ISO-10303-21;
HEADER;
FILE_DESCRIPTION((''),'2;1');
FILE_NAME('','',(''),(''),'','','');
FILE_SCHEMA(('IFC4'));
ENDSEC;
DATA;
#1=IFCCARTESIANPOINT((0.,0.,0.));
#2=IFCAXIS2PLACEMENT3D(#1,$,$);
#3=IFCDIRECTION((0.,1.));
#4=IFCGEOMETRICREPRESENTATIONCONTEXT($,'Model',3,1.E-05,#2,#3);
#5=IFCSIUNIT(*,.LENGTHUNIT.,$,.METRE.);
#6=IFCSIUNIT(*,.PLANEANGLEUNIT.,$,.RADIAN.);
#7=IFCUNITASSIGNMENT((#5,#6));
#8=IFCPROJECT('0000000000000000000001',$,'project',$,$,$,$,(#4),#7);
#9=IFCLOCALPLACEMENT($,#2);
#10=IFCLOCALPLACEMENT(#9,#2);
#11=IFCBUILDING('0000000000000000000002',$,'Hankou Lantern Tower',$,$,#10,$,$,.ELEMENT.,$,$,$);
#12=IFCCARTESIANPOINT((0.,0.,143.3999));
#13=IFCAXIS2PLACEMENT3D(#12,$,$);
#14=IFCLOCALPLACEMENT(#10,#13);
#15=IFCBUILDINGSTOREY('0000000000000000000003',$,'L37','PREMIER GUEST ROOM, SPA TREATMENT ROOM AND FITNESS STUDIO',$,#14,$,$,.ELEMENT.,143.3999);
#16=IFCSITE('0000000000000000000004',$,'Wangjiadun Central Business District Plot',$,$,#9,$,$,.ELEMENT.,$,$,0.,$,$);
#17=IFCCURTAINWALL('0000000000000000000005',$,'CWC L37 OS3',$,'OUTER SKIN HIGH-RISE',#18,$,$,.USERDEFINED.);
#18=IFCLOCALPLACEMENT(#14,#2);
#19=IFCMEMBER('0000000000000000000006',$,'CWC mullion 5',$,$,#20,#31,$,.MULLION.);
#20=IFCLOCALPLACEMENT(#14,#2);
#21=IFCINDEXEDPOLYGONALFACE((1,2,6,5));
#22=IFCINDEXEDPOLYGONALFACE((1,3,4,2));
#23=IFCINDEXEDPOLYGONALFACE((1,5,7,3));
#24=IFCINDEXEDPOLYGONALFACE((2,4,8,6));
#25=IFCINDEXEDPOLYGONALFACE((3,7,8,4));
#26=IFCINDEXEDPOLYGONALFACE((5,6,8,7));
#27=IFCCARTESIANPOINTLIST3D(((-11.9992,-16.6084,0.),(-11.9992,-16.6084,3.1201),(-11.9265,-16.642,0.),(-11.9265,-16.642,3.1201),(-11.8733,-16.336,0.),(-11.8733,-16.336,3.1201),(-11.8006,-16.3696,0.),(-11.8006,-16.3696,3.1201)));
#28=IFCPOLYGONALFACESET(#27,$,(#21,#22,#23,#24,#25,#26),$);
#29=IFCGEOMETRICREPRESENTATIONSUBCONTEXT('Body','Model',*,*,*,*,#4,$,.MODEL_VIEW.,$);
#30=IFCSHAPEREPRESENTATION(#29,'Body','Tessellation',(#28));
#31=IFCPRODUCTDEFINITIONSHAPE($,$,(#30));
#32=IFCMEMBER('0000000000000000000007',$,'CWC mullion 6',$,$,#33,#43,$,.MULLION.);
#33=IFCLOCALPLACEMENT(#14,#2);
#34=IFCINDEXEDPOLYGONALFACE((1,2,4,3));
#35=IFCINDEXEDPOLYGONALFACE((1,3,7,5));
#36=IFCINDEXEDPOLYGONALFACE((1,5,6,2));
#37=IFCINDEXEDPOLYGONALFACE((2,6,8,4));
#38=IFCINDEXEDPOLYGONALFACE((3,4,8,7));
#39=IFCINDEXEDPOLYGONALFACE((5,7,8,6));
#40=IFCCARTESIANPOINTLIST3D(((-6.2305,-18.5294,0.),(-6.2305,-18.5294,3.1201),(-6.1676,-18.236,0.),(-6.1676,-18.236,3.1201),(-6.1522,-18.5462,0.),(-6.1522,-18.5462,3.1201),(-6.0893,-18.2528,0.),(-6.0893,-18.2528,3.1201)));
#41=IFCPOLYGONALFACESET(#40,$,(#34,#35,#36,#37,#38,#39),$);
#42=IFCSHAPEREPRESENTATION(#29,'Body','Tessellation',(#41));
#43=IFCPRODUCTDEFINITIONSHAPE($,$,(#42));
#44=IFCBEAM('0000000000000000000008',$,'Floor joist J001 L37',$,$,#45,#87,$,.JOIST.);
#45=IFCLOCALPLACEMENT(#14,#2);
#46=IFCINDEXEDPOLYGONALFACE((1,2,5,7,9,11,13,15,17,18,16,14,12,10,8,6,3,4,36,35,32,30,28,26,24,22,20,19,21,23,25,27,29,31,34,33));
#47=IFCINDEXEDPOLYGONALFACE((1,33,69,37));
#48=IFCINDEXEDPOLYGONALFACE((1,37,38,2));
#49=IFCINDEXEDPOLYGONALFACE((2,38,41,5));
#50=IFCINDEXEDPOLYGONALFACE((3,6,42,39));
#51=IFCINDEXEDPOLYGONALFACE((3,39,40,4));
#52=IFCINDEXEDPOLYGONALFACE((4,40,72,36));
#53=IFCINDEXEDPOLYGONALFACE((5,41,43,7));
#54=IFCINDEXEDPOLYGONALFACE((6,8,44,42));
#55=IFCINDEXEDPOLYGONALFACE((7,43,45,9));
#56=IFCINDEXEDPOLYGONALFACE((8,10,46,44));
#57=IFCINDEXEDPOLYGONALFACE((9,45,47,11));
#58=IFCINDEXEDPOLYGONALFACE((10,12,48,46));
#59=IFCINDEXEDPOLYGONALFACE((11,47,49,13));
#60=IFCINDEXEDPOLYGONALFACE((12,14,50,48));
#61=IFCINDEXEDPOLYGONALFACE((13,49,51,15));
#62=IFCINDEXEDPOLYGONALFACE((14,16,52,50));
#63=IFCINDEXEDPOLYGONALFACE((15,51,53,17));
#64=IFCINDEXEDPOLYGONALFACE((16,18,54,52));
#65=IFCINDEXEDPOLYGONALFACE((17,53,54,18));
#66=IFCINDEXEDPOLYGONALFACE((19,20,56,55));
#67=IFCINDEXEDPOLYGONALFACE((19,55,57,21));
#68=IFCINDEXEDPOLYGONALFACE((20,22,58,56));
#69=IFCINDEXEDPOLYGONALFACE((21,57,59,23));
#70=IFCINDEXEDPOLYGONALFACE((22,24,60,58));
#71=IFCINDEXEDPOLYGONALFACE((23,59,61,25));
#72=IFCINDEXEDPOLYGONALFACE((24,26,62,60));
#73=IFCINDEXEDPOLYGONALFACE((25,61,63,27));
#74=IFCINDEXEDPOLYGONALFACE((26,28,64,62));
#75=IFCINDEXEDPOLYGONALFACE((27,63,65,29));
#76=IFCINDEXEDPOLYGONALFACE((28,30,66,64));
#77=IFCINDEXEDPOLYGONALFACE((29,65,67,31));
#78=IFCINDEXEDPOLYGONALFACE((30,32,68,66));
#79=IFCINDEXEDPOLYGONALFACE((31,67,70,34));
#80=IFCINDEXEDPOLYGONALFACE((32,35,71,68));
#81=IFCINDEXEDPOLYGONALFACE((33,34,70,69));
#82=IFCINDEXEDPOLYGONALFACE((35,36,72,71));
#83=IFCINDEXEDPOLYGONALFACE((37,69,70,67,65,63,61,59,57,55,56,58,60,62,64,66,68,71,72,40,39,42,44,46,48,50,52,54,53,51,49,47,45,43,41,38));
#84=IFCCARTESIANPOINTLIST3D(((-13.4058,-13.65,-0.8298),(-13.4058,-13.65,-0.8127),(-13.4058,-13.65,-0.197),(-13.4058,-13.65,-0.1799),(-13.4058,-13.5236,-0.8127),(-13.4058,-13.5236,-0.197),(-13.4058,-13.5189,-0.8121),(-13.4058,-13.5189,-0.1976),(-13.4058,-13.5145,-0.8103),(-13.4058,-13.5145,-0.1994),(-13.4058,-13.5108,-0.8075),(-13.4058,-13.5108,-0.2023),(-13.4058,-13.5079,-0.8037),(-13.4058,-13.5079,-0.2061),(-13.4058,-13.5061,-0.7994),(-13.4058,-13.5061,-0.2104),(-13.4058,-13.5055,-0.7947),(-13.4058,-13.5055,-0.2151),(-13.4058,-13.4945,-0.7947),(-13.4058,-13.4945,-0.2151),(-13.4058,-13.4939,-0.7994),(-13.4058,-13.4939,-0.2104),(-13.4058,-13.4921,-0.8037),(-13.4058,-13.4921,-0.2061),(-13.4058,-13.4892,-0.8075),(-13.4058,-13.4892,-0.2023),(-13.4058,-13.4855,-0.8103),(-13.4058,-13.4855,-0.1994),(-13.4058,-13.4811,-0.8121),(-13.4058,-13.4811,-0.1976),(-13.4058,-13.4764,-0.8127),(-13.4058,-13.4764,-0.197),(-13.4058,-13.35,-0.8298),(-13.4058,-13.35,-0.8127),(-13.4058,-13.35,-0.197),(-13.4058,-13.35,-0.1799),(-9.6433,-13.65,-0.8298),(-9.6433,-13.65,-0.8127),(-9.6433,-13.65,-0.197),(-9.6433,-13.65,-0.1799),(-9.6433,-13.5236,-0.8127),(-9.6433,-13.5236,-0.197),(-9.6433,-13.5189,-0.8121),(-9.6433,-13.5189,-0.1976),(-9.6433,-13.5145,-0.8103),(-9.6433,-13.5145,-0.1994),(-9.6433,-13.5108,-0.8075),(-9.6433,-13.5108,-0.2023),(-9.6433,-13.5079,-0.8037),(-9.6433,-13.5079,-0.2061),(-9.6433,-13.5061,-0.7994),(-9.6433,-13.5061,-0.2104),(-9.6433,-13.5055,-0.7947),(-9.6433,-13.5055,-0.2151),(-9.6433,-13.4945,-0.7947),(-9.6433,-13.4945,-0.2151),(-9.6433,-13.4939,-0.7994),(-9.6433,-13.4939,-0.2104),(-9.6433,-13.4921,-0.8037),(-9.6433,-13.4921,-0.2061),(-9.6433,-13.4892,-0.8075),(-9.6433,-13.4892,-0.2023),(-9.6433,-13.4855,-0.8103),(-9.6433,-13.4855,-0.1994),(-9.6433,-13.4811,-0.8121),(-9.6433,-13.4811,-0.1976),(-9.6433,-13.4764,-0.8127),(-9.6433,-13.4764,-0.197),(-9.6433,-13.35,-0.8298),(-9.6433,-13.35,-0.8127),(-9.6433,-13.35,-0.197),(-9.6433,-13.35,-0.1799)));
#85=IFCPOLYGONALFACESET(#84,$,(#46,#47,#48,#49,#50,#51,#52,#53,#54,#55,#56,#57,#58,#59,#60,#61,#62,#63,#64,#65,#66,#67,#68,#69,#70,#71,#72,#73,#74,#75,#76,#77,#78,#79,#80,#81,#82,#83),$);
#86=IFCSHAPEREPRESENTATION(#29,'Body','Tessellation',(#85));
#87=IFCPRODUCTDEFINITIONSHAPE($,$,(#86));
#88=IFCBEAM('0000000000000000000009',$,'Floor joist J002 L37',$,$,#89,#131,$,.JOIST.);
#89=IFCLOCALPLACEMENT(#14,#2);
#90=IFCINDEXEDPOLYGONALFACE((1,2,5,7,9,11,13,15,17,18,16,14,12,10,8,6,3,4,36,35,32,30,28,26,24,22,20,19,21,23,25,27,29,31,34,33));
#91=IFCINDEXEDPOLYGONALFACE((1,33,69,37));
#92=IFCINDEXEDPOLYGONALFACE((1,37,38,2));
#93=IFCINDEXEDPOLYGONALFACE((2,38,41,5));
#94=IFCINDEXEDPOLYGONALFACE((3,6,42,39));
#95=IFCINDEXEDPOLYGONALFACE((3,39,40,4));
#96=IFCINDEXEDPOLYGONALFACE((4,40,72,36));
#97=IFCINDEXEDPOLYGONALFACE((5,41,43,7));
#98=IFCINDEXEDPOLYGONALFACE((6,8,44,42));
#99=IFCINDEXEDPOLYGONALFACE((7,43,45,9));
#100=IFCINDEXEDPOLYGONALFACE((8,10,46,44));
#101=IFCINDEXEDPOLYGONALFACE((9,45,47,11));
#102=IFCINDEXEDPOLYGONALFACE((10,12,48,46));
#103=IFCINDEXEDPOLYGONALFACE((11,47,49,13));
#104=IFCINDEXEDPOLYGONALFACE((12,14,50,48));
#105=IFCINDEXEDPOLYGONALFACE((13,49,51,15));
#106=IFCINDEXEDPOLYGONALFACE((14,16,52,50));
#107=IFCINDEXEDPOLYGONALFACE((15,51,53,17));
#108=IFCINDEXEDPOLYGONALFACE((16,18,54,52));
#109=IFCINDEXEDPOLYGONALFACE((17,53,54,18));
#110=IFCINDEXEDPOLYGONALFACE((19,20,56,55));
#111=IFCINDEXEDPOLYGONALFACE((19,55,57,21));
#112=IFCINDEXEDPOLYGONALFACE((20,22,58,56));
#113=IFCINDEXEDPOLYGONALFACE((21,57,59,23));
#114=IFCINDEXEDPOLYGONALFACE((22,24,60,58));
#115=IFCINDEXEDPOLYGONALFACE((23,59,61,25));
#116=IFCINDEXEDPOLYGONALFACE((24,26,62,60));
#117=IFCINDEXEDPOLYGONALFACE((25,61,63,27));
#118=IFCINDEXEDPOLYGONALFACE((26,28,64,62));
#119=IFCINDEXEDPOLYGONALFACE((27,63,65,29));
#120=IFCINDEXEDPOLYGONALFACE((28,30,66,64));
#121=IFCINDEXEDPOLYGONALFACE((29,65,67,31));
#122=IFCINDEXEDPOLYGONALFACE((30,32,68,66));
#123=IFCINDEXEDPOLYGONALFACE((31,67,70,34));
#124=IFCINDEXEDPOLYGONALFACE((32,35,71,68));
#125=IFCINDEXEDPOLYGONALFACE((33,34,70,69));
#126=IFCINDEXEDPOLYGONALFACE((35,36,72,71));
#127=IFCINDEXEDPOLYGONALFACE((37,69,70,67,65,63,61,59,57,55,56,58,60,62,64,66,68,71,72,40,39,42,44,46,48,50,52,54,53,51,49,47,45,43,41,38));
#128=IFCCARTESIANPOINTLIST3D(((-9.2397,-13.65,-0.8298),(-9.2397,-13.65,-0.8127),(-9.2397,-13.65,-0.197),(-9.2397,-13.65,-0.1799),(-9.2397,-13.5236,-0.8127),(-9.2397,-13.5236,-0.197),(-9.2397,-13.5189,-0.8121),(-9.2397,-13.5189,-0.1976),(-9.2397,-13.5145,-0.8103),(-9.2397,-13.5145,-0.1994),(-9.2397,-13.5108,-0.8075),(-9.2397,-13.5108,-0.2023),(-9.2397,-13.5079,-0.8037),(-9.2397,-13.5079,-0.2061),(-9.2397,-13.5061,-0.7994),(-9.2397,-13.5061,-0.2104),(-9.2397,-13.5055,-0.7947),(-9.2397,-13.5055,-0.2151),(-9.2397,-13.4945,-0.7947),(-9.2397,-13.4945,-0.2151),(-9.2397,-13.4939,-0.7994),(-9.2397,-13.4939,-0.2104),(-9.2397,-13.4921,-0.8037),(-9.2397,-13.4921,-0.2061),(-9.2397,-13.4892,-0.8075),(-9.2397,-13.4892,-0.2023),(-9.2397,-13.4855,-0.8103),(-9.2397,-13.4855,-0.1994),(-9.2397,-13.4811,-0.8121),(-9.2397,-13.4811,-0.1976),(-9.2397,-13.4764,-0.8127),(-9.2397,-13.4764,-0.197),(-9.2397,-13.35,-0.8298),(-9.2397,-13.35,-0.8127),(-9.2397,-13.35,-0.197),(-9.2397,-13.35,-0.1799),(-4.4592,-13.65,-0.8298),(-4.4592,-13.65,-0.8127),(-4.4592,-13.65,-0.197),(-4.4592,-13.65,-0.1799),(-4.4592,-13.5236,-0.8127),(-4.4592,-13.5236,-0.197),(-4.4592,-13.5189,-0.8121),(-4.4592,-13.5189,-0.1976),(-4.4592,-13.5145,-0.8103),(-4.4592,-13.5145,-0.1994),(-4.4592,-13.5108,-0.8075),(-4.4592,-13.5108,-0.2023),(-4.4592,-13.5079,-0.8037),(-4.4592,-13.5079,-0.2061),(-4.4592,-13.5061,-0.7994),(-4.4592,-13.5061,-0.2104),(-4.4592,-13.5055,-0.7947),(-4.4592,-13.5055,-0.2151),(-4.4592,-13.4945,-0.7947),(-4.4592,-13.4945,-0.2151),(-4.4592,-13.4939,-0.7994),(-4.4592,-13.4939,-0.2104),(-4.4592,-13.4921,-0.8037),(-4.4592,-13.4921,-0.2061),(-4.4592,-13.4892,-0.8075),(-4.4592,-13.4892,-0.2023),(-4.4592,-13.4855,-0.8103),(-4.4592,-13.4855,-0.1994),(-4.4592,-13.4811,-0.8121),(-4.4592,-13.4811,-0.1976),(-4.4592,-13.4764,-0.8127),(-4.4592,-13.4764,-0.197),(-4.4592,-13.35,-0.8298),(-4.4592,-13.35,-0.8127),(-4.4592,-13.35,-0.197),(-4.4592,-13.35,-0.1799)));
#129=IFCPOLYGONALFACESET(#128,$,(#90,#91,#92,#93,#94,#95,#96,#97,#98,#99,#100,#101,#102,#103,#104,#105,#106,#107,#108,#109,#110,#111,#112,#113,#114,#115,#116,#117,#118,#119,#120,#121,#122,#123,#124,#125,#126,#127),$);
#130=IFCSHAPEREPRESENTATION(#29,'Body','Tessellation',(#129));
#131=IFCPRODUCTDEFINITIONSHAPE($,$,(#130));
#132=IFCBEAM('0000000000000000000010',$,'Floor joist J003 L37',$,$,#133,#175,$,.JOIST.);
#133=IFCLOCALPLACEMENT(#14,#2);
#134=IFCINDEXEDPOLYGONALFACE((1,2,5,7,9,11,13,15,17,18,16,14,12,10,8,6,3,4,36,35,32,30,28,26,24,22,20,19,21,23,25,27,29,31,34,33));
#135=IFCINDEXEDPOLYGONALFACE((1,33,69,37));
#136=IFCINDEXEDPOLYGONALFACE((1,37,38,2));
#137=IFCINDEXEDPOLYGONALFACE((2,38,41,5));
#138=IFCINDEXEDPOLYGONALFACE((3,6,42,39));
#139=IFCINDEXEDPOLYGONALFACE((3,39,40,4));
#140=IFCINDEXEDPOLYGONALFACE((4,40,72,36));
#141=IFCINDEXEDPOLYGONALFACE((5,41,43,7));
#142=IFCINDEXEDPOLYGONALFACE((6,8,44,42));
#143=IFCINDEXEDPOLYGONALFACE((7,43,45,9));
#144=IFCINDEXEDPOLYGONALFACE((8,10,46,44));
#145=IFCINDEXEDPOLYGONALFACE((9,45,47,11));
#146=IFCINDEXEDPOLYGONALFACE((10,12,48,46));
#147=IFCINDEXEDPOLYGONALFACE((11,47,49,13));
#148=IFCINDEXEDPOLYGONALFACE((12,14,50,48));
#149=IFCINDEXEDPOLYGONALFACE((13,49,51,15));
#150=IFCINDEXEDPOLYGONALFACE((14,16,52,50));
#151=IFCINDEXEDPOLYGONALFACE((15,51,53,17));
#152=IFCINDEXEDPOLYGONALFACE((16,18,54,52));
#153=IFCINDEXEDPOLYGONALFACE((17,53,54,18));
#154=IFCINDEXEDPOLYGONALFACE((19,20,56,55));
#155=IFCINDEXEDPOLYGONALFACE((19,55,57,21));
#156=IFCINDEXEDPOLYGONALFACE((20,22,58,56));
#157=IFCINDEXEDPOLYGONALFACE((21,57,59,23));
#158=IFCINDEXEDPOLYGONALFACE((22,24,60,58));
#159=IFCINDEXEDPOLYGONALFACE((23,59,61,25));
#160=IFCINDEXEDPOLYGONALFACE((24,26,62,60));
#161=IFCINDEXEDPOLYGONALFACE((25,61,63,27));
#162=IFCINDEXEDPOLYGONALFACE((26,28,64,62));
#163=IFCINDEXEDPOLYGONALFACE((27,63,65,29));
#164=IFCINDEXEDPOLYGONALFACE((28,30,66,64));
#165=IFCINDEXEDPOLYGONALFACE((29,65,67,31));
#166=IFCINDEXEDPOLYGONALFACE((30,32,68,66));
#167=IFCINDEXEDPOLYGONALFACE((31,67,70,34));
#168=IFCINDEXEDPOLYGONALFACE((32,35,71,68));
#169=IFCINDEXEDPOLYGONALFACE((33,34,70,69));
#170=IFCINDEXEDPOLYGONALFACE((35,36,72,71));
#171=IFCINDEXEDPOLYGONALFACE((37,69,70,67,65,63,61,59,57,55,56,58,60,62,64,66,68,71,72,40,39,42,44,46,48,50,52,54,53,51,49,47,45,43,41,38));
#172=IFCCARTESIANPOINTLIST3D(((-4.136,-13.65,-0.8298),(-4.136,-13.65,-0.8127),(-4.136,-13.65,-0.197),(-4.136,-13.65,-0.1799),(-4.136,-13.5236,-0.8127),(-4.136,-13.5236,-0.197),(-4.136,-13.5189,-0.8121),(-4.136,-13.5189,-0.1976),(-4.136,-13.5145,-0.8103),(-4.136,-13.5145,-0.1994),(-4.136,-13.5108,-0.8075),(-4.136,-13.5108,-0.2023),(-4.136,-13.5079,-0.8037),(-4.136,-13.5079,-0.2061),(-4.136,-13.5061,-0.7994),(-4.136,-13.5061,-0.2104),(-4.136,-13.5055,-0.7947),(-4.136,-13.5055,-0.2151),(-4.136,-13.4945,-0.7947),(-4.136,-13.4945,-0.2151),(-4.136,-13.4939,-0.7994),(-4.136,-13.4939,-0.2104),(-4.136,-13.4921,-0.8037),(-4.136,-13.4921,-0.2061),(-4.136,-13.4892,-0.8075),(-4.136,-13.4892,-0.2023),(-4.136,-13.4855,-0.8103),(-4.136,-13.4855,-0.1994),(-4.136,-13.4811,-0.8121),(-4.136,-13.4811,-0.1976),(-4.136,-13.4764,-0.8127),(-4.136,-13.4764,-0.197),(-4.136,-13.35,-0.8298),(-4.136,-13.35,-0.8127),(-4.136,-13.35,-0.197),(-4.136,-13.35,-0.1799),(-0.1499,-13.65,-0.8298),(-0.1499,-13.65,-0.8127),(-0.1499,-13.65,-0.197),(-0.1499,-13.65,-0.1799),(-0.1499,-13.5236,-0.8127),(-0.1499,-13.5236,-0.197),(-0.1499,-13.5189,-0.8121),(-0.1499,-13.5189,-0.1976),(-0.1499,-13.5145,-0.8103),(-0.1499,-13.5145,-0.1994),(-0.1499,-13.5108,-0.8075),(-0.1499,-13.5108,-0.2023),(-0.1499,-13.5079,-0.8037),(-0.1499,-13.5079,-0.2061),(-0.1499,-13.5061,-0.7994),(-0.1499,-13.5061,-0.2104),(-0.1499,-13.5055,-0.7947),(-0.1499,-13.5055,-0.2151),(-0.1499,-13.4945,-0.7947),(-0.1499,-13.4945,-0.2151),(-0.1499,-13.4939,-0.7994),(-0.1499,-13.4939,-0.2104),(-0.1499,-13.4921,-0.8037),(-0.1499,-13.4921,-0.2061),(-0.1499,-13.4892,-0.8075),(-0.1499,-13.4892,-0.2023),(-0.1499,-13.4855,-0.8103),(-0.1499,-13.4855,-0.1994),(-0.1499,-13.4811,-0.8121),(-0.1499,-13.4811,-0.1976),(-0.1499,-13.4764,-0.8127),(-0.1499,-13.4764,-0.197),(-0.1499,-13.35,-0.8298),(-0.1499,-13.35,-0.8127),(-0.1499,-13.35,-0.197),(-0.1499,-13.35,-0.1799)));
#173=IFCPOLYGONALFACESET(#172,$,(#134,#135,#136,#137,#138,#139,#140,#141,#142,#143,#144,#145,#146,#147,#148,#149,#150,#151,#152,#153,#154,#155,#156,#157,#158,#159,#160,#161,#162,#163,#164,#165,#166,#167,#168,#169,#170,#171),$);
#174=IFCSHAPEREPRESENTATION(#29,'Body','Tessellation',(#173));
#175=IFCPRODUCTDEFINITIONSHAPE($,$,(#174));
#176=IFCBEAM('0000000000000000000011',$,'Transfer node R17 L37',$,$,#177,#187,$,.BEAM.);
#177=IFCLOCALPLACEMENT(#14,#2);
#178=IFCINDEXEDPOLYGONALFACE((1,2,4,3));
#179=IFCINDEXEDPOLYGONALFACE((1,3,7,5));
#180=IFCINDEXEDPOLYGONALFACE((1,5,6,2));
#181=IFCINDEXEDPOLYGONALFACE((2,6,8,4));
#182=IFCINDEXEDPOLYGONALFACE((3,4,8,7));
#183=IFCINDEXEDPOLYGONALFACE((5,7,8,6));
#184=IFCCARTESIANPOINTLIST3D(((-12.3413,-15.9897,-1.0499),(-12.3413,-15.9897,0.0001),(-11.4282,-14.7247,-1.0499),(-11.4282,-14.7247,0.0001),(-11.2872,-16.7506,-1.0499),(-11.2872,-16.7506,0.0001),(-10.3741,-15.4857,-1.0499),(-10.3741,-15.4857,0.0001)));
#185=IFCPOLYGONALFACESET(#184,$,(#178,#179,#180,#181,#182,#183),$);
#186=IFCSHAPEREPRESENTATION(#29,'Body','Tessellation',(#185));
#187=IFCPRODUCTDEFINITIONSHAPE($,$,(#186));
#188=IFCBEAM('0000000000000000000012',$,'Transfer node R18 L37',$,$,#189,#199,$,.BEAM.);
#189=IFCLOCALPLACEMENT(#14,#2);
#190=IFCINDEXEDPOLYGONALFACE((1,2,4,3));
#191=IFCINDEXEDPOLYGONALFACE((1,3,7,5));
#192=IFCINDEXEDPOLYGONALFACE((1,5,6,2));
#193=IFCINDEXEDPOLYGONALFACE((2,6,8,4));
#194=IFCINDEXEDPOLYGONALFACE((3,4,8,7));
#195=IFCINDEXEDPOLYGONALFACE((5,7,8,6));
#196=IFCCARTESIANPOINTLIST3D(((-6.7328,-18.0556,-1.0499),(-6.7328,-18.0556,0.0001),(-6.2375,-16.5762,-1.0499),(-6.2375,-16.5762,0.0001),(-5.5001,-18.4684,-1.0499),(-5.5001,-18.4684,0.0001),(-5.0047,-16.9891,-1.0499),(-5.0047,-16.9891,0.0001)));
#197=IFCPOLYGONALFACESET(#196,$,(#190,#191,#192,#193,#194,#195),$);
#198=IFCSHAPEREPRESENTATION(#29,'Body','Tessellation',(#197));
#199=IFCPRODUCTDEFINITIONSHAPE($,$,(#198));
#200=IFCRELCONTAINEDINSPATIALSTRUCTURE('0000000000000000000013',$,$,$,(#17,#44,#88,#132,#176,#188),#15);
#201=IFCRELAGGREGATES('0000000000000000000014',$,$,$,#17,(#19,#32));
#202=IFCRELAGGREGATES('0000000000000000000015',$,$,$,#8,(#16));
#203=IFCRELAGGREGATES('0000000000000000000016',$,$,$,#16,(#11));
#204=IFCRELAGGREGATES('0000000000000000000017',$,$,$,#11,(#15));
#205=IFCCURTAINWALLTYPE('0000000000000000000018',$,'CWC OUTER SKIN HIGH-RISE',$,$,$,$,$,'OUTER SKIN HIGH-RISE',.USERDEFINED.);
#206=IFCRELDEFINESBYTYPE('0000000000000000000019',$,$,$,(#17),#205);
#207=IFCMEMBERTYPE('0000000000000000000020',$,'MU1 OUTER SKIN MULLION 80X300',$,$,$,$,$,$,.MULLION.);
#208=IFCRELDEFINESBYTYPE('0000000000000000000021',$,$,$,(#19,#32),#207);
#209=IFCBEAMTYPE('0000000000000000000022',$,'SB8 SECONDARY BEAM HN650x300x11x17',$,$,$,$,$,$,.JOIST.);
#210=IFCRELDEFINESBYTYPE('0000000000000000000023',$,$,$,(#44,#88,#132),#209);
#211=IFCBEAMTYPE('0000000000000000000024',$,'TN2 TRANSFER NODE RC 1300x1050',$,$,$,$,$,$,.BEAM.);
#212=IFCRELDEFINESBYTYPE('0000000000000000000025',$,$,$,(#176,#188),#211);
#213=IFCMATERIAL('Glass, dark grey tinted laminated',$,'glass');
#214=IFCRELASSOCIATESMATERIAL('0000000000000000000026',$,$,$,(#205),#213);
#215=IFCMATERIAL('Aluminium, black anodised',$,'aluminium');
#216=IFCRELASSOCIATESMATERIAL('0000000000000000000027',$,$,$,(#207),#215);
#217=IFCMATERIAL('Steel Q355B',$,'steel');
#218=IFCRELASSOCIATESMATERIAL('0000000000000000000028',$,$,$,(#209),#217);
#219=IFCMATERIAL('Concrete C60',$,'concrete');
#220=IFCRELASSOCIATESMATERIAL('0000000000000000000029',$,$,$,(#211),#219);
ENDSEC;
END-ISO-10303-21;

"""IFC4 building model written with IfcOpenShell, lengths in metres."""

from ifc_helpers import new_model, si_unit, direction, frame, origin, origin_2d, place, context, subcontext, project, spatial, rectangle, i_section, extrude, material, material_profile, profile_set, type_object, element, aggregate, save


model = new_model("IFC4")

# Units and contexts
model_context = context("Model", 3, precision=1e-05, world=origin(), true_north=direction((0.0, 1.0)))
body_context = subcontext(model_context, "Body", "Model", "MODEL_VIEW")
ifc_project = project(units=[si_unit("LENGTHUNIT", "METRE"), si_unit("PLANEANGLEUNIT", "RADIAN")], contexts=[model_context])

# Site, building, storey
site_placement = place(None, origin())
site = spatial("IfcSite", under=ifc_project, at=site_placement, Name="Wangjiadun Central Business District Plot", CompositionType="ELEMENT", RefElevation=0.0)
building_placement = place(site_placement, origin())
building = spatial("IfcBuilding", under=site, at=building_placement, Name="Hankou Lantern Tower", CompositionType="ELEMENT")
storey_placement = place(building_placement, frame((0.0, 0.0, 143.3999)))
storey = spatial("IfcBuildingStorey", under=building, at=storey_placement, Name="L37", Description="PREMIER GUEST ROOM, SPA TREATMENT ROOM AND FITNESS STUDIO", CompositionType="ELEMENT", Elevation=143.3999)

# Curtain wall, members
ifc_material_1 = material(Name="Glass, dark grey tinted laminated", Category="glass")
curtain_wall_type = type_object("IfcCurtainWallType", Name="CWC OUTER SKIN HIGH-RISE", ElementType="OUTER SKIN HIGH-RISE", PredefinedType="USERDEFINED", material=ifc_material_1)
curtain_wall_placement = place(storey_placement, origin())
curtain_wall = element("IfcCurtainWall", 1, at=curtain_wall_placement, inside=storey, type_object=curtain_wall_type, Name="CWC L37 OS3", ObjectType="OUTER SKIN HIGH-RISE", PredefinedType="USERDEFINED")
ifc_material_2 = material(Name="Aluminium, black anodised", Category="aluminium")
ifc_material_profile_1 = material_profile(ifc_material_2, rectangle(XDim=0.0801, YDim=0.3, at=origin_2d()), Name="MU1 80X300")
ifc_profile_set_1 = profile_set([ifc_material_profile_1], Name="Aluminium, black anodised")
member_type_1 = type_object("IfcMemberType", Name="MU1 OUTER SKIN MULLION 80X300", PredefinedType="MULLION", material=ifc_profile_set_1)
member_1_placement = place(storey_placement, frame((-11.8999, -16.489, 0.0), z_axis=(0.0, 0.0, 1.0), x_axis=(0.907841, -0.419314, 0.0)))
member_1 = element("IfcMember", 2, at=member_1_placement, type_object=member_type_1, Name="CWC mullion 5", PredefinedType="MULLION", context=body_context, shape_type="SweptSolid", body=[
    extrude(rectangle(XDim=0.0801, YDim=0.3, at=origin_2d()), origin(), (0.0, 0.0, 1.0), 3.1201),
])
member_2_placement = place(storey_placement, frame((-6.1599, -18.3911, 0.0), z_axis=(0.0, 0.0, 1.0), x_axis=(0.977788, -0.209598, 0.0)))
member_2 = element("IfcMember", 3, at=member_2_placement, type_object=member_type_1, Name="CWC mullion 6", PredefinedType="MULLION", context=body_context, shape_type="SweptSolid", body=[
    extrude(rectangle(XDim=0.0801, YDim=0.3, at=origin_2d()), origin(), (0.0, 0.0, 1.0), 3.1201),
])

# Beams
ifc_material_3 = material(Name="Steel Q355B", Category="steel")
ifc_material_profile_2 = material_profile(ifc_material_3, i_section(OverallWidth=0.3, OverallDepth=0.6499, WebThickness=0.011, FlangeThickness=0.0171, FilletRadius=0.0181, at=origin_2d()), Name="HN650x300x11x17")
ifc_profile_set_2 = profile_set([ifc_material_profile_2], Name="Steel Q355B")
beam_type_1 = type_object("IfcBeamType", Name="SB8 SECONDARY BEAM HN650x300x11x17", PredefinedType="JOIST", material=ifc_profile_set_2)
beam_1_placement = place(storey_placement, frame((-13.4058, -13.5, -0.5049), z_axis=(1.0, 0.0, 0.0), x_axis=(0.0, 1.0, 0.0)))
element("IfcBeam", 4, at=beam_1_placement, inside=storey, type_object=beam_type_1, Name="Floor joist J001 L37", PredefinedType="JOIST", context=body_context, shape_type="SweptSolid", body=[
    extrude(i_section(OverallWidth=0.3, OverallDepth=0.6499, WebThickness=0.011, FlangeThickness=0.0171, FilletRadius=0.0181, at=origin_2d()), origin(), (0.0, 0.0, 1.0), 3.7625),
])
beam_2_placement = place(storey_placement, frame((-9.2397, -13.5, -0.5049), z_axis=(1.0, 0.0, 0.0), x_axis=(0.0, 1.0, 0.0)))
element("IfcBeam", 5, at=beam_2_placement, inside=storey, type_object=beam_type_1, Name="Floor joist J002 L37", PredefinedType="JOIST", context=body_context, shape_type="SweptSolid", body=[
    extrude(i_section(OverallWidth=0.3, OverallDepth=0.6499, WebThickness=0.011, FlangeThickness=0.0171, FilletRadius=0.0181, at=origin_2d()), origin(), (0.0, 0.0, 1.0), 4.7805),
])
beam_3_placement = place(storey_placement, frame((-4.136, -13.5, -0.5049), z_axis=(1.0, 0.0, 0.0), x_axis=(0.0, 1.0, 0.0)))
element("IfcBeam", 6, at=beam_3_placement, inside=storey, type_object=beam_type_1, Name="Floor joist J003 L37", PredefinedType="JOIST", context=body_context, shape_type="SweptSolid", body=[
    extrude(i_section(OverallWidth=0.3, OverallDepth=0.6499, WebThickness=0.011, FlangeThickness=0.0171, FilletRadius=0.0181, at=origin_2d()), origin(), (0.0, 0.0, 1.0), 3.9861),
])
ifc_material_4 = material(Name="Concrete C60", Category="concrete")
ifc_material_profile_3 = material_profile(ifc_material_4, rectangle(XDim=1.3, YDim=1.05, at=origin_2d()), Name="RC 1300x1050")
ifc_profile_set_3 = profile_set([ifc_material_profile_3], Name="Concrete C60")
beam_type_2 = type_object("IfcBeamType", Name="TN2 TRANSFER NODE RC 1300x1050", PredefinedType="BEAM", material=ifc_profile_set_3)
for number, where, z_axis, x_axis, name in (
    (7, (-11.8142, -16.3701, -0.5249), (0.585302, 0.810815, 0.0), (-0.810815, 0.585302, 0.0), "Transfer node R17 L37"),
    (8, (-6.1165, -18.262, -0.5249), (0.317542, 0.948244, 0.0), (-0.948244, 0.317542, 0.0), "Transfer node R18 L37"),
):
    element("IfcBeam", number, at=place(storey_placement, frame(where, z_axis=z_axis, x_axis=x_axis)), inside=storey, type_object=beam_type_2, Name=name, PredefinedType="BEAM", context=body_context, shape_type="SweptSolid", body=[
        extrude(rectangle(XDim=1.3, YDim=1.05, at=origin_2d()), origin(), (0.0, 0.0, 1.0), 1.5601),
    ])

aggregate(curtain_wall, [member_1, member_2])

save(model, "model.ifc")
